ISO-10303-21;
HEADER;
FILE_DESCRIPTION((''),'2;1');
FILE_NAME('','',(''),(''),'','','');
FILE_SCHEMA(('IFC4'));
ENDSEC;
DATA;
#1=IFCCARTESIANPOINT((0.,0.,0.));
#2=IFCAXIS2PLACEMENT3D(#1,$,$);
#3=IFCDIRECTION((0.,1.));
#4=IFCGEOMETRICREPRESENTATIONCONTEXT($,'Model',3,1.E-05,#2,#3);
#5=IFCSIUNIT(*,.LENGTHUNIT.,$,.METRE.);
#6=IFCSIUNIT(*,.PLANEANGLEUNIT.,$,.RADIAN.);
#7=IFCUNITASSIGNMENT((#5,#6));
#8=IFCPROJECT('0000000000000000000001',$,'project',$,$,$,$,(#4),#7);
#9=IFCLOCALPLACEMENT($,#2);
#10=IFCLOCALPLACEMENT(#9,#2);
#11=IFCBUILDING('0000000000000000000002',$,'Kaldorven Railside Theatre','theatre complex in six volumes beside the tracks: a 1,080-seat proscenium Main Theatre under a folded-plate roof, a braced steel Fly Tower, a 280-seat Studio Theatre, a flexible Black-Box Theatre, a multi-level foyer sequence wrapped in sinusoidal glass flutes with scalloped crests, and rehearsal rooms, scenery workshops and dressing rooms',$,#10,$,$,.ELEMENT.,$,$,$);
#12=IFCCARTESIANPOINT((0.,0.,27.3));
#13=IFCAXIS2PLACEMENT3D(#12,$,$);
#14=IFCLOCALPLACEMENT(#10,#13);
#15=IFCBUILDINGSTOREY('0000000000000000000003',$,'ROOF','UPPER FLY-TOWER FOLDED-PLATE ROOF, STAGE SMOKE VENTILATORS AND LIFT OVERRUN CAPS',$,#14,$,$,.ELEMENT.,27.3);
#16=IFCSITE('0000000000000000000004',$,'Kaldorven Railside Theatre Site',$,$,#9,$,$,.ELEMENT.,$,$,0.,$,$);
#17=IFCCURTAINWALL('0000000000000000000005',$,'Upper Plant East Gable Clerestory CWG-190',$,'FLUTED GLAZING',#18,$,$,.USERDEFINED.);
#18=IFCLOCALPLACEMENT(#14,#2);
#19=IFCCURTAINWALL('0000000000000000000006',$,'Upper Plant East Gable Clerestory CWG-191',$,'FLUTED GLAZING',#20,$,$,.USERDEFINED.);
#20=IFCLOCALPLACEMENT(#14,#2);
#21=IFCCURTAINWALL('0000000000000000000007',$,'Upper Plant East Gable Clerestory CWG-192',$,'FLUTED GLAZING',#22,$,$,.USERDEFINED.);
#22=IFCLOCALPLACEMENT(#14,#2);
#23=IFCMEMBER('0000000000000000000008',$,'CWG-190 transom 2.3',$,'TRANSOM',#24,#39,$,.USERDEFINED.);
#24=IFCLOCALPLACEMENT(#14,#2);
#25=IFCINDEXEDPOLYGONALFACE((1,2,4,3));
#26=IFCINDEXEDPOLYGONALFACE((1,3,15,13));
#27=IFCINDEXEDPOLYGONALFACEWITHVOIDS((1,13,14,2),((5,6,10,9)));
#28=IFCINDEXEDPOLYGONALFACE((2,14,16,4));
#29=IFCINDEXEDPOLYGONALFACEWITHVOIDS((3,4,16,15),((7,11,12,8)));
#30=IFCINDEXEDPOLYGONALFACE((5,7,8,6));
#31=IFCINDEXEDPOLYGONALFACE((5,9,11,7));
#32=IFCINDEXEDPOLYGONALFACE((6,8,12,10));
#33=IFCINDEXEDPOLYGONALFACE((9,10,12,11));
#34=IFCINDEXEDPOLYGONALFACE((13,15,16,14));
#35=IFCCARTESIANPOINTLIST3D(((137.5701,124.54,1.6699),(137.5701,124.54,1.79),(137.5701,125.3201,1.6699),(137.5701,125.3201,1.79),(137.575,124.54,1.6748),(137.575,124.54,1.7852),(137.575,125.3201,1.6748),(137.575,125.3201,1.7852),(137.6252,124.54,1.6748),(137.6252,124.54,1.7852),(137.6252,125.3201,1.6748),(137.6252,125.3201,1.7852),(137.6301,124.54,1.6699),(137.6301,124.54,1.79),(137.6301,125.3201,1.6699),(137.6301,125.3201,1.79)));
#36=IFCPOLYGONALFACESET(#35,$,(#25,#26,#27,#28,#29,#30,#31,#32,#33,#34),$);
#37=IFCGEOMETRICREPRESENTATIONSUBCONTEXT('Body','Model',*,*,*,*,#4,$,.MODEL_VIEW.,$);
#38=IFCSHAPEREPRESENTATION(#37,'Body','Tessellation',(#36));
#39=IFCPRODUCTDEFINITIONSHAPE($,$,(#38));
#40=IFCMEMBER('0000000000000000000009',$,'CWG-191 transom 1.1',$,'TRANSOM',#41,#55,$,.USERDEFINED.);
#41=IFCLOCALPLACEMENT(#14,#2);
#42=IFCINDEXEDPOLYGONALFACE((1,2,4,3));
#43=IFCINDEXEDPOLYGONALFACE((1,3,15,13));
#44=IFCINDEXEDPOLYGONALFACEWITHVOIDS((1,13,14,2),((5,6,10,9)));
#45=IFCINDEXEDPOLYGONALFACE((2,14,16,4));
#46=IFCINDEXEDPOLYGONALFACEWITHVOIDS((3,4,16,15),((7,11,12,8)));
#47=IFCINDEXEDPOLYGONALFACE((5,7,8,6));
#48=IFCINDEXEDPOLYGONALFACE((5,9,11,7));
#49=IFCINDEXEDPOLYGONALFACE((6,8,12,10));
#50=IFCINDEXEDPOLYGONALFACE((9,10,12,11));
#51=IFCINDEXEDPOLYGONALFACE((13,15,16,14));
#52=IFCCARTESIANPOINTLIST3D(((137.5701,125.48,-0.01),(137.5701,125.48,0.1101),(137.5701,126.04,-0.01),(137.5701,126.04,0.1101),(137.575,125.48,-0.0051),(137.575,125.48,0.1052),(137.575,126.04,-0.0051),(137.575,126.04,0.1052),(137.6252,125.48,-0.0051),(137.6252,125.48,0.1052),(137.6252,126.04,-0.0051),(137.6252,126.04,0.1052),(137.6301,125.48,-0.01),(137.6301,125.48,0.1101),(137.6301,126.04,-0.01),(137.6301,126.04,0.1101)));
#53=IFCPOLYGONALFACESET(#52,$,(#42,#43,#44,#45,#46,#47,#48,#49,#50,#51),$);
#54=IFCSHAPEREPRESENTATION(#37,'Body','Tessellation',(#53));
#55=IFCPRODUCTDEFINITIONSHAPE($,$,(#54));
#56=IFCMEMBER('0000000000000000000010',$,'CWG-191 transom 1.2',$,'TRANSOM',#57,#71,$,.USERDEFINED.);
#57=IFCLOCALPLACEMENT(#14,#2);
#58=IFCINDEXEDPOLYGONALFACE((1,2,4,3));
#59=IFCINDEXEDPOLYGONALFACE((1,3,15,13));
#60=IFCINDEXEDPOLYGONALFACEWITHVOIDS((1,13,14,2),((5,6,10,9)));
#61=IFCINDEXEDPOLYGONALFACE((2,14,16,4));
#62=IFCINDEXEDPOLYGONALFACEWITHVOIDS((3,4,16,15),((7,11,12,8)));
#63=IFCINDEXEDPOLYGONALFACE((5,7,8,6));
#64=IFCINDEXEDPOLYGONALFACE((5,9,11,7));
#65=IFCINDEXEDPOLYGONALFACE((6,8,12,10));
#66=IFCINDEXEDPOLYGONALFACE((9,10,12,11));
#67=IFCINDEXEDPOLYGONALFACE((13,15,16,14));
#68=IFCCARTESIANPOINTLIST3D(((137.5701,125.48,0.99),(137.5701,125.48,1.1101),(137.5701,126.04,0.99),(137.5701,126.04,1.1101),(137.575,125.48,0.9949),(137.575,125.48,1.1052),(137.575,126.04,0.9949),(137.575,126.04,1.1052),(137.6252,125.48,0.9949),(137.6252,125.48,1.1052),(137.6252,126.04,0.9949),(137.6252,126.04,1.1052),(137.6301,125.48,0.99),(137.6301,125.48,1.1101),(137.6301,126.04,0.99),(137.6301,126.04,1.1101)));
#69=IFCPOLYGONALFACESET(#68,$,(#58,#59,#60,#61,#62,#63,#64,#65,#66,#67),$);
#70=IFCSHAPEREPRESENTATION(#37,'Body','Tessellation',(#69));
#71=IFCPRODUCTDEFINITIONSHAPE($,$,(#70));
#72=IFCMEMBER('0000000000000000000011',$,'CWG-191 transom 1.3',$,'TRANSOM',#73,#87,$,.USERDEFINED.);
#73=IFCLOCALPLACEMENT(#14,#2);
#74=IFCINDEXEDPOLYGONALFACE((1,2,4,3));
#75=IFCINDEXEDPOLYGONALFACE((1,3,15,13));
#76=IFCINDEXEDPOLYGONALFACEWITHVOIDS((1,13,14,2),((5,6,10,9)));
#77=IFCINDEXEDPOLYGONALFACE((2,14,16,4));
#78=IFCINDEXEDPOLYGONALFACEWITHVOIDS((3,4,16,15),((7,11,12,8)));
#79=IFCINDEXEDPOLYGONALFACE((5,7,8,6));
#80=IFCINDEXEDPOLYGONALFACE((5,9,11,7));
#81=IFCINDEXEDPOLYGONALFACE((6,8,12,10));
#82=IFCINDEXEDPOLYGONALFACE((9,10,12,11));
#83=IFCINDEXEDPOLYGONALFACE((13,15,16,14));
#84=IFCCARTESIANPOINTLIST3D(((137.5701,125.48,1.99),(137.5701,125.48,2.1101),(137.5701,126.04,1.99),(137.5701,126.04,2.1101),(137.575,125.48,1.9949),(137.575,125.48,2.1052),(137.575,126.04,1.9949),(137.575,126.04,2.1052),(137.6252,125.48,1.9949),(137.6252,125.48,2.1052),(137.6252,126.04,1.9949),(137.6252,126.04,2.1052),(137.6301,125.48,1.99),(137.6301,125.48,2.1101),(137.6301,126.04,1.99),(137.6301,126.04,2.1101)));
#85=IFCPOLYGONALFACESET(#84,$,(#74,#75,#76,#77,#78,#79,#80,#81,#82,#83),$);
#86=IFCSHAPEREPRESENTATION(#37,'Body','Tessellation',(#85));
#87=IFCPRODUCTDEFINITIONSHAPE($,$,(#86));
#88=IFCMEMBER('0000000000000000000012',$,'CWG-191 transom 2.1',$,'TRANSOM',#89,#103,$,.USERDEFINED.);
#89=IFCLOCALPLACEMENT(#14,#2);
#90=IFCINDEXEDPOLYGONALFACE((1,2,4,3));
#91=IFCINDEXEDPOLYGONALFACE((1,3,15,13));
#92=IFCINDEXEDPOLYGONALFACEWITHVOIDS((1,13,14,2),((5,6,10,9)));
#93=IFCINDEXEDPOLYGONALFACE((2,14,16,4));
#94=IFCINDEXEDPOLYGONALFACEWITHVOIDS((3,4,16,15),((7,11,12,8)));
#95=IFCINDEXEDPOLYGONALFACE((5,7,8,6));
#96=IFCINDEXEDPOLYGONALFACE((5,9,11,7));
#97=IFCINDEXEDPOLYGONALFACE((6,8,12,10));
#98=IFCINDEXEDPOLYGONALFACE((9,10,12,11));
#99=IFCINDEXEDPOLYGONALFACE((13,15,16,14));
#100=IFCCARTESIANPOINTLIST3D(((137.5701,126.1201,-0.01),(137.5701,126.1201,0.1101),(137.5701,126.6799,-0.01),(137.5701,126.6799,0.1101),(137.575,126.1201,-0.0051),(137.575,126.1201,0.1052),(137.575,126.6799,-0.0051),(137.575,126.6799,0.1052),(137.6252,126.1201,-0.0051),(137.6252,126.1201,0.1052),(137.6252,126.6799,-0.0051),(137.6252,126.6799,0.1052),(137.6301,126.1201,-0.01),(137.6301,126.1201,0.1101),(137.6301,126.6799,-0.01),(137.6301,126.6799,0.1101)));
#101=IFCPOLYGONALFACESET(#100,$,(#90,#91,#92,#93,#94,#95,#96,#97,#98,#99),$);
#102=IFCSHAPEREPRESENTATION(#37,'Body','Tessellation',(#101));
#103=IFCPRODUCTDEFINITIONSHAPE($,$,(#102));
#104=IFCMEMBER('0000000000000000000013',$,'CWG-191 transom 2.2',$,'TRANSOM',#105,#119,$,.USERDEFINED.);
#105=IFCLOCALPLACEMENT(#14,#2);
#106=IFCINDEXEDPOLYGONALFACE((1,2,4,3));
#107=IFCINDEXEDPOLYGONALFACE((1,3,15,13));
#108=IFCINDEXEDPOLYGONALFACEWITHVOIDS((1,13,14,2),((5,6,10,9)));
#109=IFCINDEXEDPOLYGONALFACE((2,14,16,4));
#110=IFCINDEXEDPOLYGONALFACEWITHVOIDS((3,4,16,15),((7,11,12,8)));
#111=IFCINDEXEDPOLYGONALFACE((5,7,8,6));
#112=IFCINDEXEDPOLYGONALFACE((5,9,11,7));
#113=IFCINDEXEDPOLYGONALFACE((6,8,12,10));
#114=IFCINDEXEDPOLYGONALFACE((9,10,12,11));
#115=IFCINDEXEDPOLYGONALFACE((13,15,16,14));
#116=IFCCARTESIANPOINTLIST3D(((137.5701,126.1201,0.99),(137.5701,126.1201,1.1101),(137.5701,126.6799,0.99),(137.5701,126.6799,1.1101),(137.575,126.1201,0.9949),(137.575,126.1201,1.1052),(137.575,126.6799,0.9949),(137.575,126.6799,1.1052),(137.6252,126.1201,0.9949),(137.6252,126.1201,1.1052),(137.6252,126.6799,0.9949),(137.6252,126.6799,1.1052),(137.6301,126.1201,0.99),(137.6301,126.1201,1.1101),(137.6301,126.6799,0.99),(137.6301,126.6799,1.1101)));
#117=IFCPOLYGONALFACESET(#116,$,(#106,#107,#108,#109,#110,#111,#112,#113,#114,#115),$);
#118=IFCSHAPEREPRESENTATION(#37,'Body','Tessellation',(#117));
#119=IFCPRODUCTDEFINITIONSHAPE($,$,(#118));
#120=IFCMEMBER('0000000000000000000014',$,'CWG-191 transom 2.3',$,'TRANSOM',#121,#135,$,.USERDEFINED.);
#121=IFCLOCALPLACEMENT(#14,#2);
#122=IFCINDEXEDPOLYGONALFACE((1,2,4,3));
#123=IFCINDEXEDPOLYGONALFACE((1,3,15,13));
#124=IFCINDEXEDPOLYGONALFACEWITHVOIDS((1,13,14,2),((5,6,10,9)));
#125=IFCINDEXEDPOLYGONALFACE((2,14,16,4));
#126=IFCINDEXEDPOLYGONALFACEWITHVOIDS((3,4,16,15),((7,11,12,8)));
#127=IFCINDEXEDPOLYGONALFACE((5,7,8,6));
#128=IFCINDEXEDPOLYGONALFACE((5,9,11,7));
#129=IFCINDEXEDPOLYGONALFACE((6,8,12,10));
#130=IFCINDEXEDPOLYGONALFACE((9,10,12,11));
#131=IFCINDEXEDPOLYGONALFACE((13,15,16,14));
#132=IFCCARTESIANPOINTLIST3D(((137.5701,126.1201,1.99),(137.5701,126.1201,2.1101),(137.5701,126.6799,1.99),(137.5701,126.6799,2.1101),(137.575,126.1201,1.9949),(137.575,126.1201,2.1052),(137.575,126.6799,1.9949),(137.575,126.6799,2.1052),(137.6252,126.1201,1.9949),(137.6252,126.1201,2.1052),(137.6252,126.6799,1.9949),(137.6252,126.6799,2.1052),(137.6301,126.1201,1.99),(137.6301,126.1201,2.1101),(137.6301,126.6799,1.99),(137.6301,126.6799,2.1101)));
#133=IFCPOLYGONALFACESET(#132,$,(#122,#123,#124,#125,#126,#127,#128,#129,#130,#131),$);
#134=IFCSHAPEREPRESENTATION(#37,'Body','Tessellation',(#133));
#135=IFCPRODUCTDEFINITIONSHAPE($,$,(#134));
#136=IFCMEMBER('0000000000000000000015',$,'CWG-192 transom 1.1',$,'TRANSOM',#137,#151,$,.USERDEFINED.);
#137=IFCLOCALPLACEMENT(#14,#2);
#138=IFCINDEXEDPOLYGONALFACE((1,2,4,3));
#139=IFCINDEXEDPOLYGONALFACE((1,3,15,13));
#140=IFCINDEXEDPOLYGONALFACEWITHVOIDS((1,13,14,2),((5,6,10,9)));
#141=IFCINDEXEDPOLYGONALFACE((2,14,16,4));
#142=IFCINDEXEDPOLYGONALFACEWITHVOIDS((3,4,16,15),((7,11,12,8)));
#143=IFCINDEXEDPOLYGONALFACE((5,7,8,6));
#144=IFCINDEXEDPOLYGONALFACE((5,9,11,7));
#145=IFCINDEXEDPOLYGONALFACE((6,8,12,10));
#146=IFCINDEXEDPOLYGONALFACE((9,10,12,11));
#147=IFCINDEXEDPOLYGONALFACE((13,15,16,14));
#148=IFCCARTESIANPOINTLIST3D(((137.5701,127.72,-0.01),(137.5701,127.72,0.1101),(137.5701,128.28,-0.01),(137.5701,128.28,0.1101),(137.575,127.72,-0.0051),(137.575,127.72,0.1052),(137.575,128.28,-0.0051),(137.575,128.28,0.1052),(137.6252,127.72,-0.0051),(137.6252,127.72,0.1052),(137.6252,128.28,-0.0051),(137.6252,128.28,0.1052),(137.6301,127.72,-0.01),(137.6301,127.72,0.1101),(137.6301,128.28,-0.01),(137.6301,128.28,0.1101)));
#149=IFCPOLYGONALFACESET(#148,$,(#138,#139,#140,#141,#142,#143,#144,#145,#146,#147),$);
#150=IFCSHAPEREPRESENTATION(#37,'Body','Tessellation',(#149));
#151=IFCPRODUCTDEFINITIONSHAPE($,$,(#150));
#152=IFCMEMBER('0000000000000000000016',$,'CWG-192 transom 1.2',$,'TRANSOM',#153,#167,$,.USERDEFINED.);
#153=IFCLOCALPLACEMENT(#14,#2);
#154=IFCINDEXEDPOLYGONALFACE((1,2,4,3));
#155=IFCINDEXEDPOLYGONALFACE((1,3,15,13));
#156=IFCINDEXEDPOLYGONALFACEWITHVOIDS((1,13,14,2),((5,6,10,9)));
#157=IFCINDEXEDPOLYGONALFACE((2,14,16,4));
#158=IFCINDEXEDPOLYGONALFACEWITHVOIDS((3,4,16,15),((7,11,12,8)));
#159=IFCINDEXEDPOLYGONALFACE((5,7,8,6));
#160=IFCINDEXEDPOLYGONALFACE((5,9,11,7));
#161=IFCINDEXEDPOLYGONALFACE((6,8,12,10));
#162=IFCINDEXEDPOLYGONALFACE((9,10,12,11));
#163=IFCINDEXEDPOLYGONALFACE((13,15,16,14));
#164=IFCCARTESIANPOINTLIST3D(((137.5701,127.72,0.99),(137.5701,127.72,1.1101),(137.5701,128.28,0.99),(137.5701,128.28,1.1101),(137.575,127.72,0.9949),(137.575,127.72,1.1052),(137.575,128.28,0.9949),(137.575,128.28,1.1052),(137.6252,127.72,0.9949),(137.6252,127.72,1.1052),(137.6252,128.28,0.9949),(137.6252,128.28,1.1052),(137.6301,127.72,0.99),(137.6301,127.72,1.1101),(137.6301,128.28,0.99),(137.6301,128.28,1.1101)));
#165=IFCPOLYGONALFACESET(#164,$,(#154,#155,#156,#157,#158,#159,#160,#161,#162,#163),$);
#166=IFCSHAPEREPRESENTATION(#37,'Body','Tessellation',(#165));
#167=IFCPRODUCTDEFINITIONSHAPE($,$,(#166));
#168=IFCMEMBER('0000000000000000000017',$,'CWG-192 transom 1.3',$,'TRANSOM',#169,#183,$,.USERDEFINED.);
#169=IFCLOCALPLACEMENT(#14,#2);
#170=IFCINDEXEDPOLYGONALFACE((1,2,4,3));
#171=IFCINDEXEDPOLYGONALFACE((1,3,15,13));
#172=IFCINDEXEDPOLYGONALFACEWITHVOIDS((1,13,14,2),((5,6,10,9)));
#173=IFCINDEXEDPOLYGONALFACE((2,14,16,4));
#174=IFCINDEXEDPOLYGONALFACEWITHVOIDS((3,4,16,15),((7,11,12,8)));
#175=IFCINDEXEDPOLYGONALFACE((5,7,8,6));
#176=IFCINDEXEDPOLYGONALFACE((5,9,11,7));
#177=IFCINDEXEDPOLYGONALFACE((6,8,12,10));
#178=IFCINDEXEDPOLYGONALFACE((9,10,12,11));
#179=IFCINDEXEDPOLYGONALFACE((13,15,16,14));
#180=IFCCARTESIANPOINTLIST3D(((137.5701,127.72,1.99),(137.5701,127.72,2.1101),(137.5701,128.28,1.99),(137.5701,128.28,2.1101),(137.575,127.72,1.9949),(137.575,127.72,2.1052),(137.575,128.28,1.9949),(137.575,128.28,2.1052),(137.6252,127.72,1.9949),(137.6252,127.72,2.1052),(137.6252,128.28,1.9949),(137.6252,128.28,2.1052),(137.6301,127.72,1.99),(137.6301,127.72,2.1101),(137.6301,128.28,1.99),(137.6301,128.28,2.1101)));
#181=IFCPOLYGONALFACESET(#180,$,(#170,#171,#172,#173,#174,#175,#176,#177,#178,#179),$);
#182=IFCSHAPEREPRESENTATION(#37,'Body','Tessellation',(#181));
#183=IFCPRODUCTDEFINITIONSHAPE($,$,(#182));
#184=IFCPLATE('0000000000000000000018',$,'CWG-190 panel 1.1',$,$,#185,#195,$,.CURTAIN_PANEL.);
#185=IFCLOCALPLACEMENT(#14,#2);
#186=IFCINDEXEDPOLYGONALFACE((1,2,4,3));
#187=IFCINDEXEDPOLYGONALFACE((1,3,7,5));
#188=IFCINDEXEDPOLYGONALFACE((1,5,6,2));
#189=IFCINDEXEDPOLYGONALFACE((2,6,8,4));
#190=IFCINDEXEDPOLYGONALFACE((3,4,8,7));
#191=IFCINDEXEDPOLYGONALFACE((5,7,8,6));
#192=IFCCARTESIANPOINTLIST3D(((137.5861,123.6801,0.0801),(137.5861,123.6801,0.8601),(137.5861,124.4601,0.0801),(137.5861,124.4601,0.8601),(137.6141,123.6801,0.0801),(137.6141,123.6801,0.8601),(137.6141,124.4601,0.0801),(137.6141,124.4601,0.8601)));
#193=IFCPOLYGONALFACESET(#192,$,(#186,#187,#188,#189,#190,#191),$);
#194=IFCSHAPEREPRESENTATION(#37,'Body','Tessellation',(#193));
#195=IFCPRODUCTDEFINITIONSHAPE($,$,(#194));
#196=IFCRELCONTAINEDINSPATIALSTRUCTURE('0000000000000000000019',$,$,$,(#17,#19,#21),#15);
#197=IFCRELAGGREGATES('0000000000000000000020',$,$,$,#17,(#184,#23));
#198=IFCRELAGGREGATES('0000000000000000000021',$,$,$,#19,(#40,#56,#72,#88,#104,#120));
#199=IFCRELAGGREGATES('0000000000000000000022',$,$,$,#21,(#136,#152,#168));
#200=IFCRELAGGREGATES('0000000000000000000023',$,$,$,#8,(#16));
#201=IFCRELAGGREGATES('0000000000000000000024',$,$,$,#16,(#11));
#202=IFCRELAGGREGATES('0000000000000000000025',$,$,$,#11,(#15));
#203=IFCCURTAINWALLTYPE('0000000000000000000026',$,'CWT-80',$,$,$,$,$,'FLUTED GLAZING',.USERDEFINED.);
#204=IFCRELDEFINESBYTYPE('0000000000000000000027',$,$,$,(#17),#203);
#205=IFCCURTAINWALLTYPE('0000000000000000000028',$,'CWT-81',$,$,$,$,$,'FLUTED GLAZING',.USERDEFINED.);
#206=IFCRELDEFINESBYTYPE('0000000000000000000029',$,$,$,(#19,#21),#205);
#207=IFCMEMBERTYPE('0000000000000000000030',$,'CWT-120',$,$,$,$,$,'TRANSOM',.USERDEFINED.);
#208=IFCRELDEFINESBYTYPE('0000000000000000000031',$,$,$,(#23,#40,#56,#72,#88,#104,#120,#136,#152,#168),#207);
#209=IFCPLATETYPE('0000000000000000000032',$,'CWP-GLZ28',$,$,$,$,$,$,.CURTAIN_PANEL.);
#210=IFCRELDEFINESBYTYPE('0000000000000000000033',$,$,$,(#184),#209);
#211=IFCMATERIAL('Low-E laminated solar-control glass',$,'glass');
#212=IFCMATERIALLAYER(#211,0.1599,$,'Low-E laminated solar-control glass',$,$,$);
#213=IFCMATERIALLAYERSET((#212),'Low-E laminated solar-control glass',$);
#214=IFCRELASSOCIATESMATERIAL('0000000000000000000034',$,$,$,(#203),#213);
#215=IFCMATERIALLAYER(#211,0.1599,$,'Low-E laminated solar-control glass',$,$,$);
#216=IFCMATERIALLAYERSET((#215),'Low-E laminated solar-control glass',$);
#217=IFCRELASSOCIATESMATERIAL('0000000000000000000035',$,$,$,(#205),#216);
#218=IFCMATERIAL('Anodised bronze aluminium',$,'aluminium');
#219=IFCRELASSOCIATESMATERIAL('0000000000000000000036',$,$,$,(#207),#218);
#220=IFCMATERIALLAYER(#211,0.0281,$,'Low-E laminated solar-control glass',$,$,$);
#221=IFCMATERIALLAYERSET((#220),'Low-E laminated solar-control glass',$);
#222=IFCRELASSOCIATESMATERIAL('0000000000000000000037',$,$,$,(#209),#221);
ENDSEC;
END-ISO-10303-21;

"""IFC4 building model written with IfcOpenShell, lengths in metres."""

from ifc_helpers import new_model, si_unit, direction, frame, origin, origin_2d, place, context, subcontext, project, spatial, rectangle, hollow_rectangle, extrude, material, layer, layer_set, material_profile, profile_set, type_object, element, aggregate, save


model = new_model("IFC4")

# Units and contexts
model_context = context("Model", 3, precision=1e-05, world=origin(), true_north=direction((0.0, 1.0)))
body_context = subcontext(model_context, "Body", "Model", "MODEL_VIEW")
ifc_project = project(units=[si_unit("LENGTHUNIT", "METRE"), si_unit("PLANEANGLEUNIT", "RADIAN")], contexts=[model_context])

# Site, building, storey
site_placement = place(None, origin())
site = spatial("IfcSite", under=ifc_project, at=site_placement, Name="Kaldorven Railside Theatre Site", CompositionType="ELEMENT", RefElevation=0.0)
building_placement = place(site_placement, origin())
building = spatial("IfcBuilding", under=site, at=building_placement, Name="Kaldorven Railside Theatre", Description="theatre complex in six volumes beside the tracks: a 1,080-seat proscenium Main Theatre under a folded-plate roof, a braced steel Fly Tower, a 280-seat Studio Theatre, a flexible Black-Box Theatre, a multi-level foyer sequence wrapped in sinusoidal glass flutes with scalloped crests, and rehearsal rooms, scenery workshops and dressing rooms", CompositionType="ELEMENT")
storey_placement = place(building_placement, frame((0.0, 0.0, 27.3)))
storey = spatial("IfcBuildingStorey", under=building, at=storey_placement, Name="ROOF", Description="UPPER FLY-TOWER FOLDED-PLATE ROOF, STAGE SMOKE VENTILATORS AND LIFT OVERRUN CAPS", CompositionType="ELEMENT", Elevation=27.3)

# Curtain walls
ifc_material_1 = material(Name="Low-E laminated solar-control glass", Category="glass")
ifc_layer_1 = layer(ifc_material_1, 0.1599, Name="Low-E laminated solar-control glass")
ifc_layer_set_1 = layer_set([ifc_layer_1], Name="Low-E laminated solar-control glass")
curtain_wall_type_1 = type_object("IfcCurtainWallType", Name="CWT-80", ElementType="FLUTED GLAZING", PredefinedType="USERDEFINED", material=ifc_layer_set_1)
curtain_wall_1_placement = place(storey_placement, origin())
curtain_wall_1 = element("IfcCurtainWall", 1, at=curtain_wall_1_placement, inside=storey, type_object=curtain_wall_type_1, Name="Upper Plant East Gable Clerestory CWG-190", ObjectType="FLUTED GLAZING", PredefinedType="USERDEFINED")
ifc_material_2 = material(Name="Anodised bronze aluminium", Category="aluminium")
ifc_layer_2 = layer(ifc_material_1, 0.1599, Name="Low-E laminated solar-control glass")
ifc_layer_set_2 = layer_set([ifc_layer_2], Name="Low-E laminated solar-control glass")
curtain_wall_type_2 = type_object("IfcCurtainWallType", Name="CWT-81", ElementType="FLUTED GLAZING", PredefinedType="USERDEFINED", material=ifc_layer_set_2)
curtain_wall_2_placement = place(storey_placement, origin())
curtain_wall_2 = element("IfcCurtainWall", 2, at=curtain_wall_2_placement, inside=storey, type_object=curtain_wall_type_2, Name="Upper Plant East Gable Clerestory CWG-191", ObjectType="FLUTED GLAZING", PredefinedType="USERDEFINED")

# Curtain wall
curtain_wall_3_placement = place(storey_placement, origin())
curtain_wall_3 = element("IfcCurtainWall", 3, at=curtain_wall_3_placement, inside=storey, type_object=curtain_wall_type_2, Name="Upper Plant East Gable Clerestory CWG-192", ObjectType="FLUTED GLAZING", PredefinedType="USERDEFINED")

# Members
ifc_material_profile_1 = material_profile(ifc_material_2, hollow_rectangle(XDim=0.0601, YDim=0.1201, WallThickness=0.0049, at=origin_2d()), Name="RHS 120x60x5")
ifc_profile_set_1 = profile_set([ifc_material_profile_1], Name="Anodised bronze aluminium")
member_type_1 = type_object("IfcMemberType", Name="CWT-120", ElementType="TRANSOM", PredefinedType="USERDEFINED", material=ifc_profile_set_1)
member_1_placement = place(storey_placement, frame((137.6001, 124.54, 1.73), z_axis=(0.0, 1.0, 0.0), x_axis=(-1.0, 0.0, 0.0)))
member_1 = element("IfcMember", 4, at=member_1_placement, type_object=member_type_1, Name="CWG-190 transom 2.3", ObjectType="TRANSOM", PredefinedType="USERDEFINED", context=body_context, shape_type="SweptSolid", body=[
    extrude(hollow_rectangle(XDim=0.0601, YDim=0.1201, WallThickness=0.0049, at=origin_2d()), origin(), (0.0, 0.0, 1.0), 0.78),
])
member_2_placement = place(storey_placement, frame((137.6001, 125.48, 0.05), z_axis=(0.0, 1.0, 0.0), x_axis=(-1.0, 0.0, 0.0)))
member_2 = element("IfcMember", 5, at=member_2_placement, type_object=member_type_1, Name="CWG-191 transom 1.1", ObjectType="TRANSOM", PredefinedType="USERDEFINED", context=body_context, shape_type="SweptSolid", body=[
    extrude(hollow_rectangle(XDim=0.0601, YDim=0.1201, WallThickness=0.0049, at=origin_2d()), origin(), (0.0, 0.0, 1.0), 0.5601),
])
member_3_placement = place(storey_placement, frame((137.6001, 125.48, 1.05), z_axis=(0.0, 1.0, 0.0), x_axis=(-1.0, 0.0, 0.0)))
member_3 = element("IfcMember", 6, at=member_3_placement, type_object=member_type_1, Name="CWG-191 transom 1.2", ObjectType="TRANSOM", PredefinedType="USERDEFINED", context=body_context, shape_type="SweptSolid", body=[
    extrude(hollow_rectangle(XDim=0.0601, YDim=0.1201, WallThickness=0.0049, at=origin_2d()), origin(), (0.0, 0.0, 1.0), 0.5601),
])
member_4_placement = place(storey_placement, frame((137.6001, 125.48, 2.05), z_axis=(0.0, 1.0, 0.0), x_axis=(-1.0, 0.0, 0.0)))
member_4 = element("IfcMember", 7, at=member_4_placement, type_object=member_type_1, Name="CWG-191 transom 1.3", ObjectType="TRANSOM", PredefinedType="USERDEFINED", context=body_context, shape_type="SweptSolid", body=[
    extrude(hollow_rectangle(XDim=0.0601, YDim=0.1201, WallThickness=0.0049, at=origin_2d()), origin(), (0.0, 0.0, 1.0), 0.5601),
])
member_5_placement = place(storey_placement, frame((137.6001, 126.1201, 0.05), z_axis=(0.0, 1.0, 0.0), x_axis=(-1.0, 0.0, 0.0)))
member_5 = element("IfcMember", 8, at=member_5_placement, type_object=member_type_1, Name="CWG-191 transom 2.1", ObjectType="TRANSOM", PredefinedType="USERDEFINED", context=body_context, shape_type="SweptSolid", body=[
    extrude(hollow_rectangle(XDim=0.0601, YDim=0.1201, WallThickness=0.0049, at=origin_2d()), origin(), (0.0, 0.0, 1.0), 0.5598),
])
member_6_placement = place(storey_placement, frame((137.6001, 126.1201, 1.05), z_axis=(0.0, 1.0, 0.0), x_axis=(-1.0, 0.0, 0.0)))
member_6 = element("IfcMember", 9, at=member_6_placement, type_object=member_type_1, Name="CWG-191 transom 2.2", ObjectType="TRANSOM", PredefinedType="USERDEFINED", context=body_context, shape_type="SweptSolid", body=[
    extrude(hollow_rectangle(XDim=0.0601, YDim=0.1201, WallThickness=0.0049, at=origin_2d()), origin(), (0.0, 0.0, 1.0), 0.5598),
])
member_7_placement = place(storey_placement, frame((137.6001, 126.1201, 2.05), z_axis=(0.0, 1.0, 0.0), x_axis=(-1.0, 0.0, 0.0)))
member_7 = element("IfcMember", 10, at=member_7_placement, type_object=member_type_1, Name="CWG-191 transom 2.3", ObjectType="TRANSOM", PredefinedType="USERDEFINED", context=body_context, shape_type="SweptSolid", body=[
    extrude(hollow_rectangle(XDim=0.0601, YDim=0.1201, WallThickness=0.0049, at=origin_2d()), origin(), (0.0, 0.0, 1.0), 0.5598),
])
member_8_placement = place(storey_placement, frame((137.6001, 127.72, 0.05), z_axis=(0.0, 1.0, 0.0), x_axis=(-1.0, 0.0, 0.0)))
member_8 = element("IfcMember", 11, at=member_8_placement, type_object=member_type_1, Name="CWG-192 transom 1.1", ObjectType="TRANSOM", PredefinedType="USERDEFINED", context=body_context, shape_type="SweptSolid", body=[
    extrude(hollow_rectangle(XDim=0.0601, YDim=0.1201, WallThickness=0.0049, at=origin_2d()), origin(), (0.0, 0.0, 1.0), 0.5601),
])
member_9_placement = place(storey_placement, frame((137.6001, 127.72, 1.05), z_axis=(0.0, 1.0, 0.0), x_axis=(-1.0, 0.0, 0.0)))
member_9 = element("IfcMember", 12, at=member_9_placement, type_object=member_type_1, Name="CWG-192 transom 1.2", ObjectType="TRANSOM", PredefinedType="USERDEFINED", context=body_context, shape_type="SweptSolid", body=[
    extrude(hollow_rectangle(XDim=0.0601, YDim=0.1201, WallThickness=0.0049, at=origin_2d()), origin(), (0.0, 0.0, 1.0), 0.5601),
])
member_10_placement = place(storey_placement, frame((137.6001, 127.72, 2.05), z_axis=(0.0, 1.0, 0.0), x_axis=(-1.0, 0.0, 0.0)))
member_10 = element("IfcMember", 13, at=member_10_placement, type_object=member_type_1, Name="CWG-192 transom 1.3", ObjectType="TRANSOM", PredefinedType="USERDEFINED", context=body_context, shape_type="SweptSolid", body=[
    extrude(hollow_rectangle(XDim=0.0601, YDim=0.1201, WallThickness=0.0049, at=origin_2d()), origin(), (0.0, 0.0, 1.0), 0.5601),
])

# Plate
ifc_layer_3 = layer(ifc_material_1, 0.0281, Name="Low-E laminated solar-control glass")
ifc_layer_set_3 = layer_set([ifc_layer_3], Name="Low-E laminated solar-control glass")
plate_type = type_object("IfcPlateType", Name="CWP-GLZ28", PredefinedType="CURTAIN_PANEL", material=ifc_layer_set_3)
plate_1_placement = place(storey_placement, frame((137.6001, 124.0701, 0.0801), z_axis=(0.0, 0.0, 1.0), x_axis=(0.0, 1.0, 0.0)))
plate_1 = element("IfcPlate", 14, at=plate_1_placement, type_object=plate_type, Name="CWG-190 panel 1.1", PredefinedType="CURTAIN_PANEL", context=body_context, shape_type="SweptSolid", body=[
    extrude(rectangle(XDim=0.78, YDim=0.0281, at=origin_2d()), origin(), (0.0, 0.0, 1.0), 0.78),
])
aggregate(curtain_wall_1, [plate_1, member_1])
aggregate(curtain_wall_2, [member_2, member_3, member_4, member_5, member_6, member_7])
aggregate(curtain_wall_3, [member_8, member_9, member_10])

save(model, "model.ifc")
